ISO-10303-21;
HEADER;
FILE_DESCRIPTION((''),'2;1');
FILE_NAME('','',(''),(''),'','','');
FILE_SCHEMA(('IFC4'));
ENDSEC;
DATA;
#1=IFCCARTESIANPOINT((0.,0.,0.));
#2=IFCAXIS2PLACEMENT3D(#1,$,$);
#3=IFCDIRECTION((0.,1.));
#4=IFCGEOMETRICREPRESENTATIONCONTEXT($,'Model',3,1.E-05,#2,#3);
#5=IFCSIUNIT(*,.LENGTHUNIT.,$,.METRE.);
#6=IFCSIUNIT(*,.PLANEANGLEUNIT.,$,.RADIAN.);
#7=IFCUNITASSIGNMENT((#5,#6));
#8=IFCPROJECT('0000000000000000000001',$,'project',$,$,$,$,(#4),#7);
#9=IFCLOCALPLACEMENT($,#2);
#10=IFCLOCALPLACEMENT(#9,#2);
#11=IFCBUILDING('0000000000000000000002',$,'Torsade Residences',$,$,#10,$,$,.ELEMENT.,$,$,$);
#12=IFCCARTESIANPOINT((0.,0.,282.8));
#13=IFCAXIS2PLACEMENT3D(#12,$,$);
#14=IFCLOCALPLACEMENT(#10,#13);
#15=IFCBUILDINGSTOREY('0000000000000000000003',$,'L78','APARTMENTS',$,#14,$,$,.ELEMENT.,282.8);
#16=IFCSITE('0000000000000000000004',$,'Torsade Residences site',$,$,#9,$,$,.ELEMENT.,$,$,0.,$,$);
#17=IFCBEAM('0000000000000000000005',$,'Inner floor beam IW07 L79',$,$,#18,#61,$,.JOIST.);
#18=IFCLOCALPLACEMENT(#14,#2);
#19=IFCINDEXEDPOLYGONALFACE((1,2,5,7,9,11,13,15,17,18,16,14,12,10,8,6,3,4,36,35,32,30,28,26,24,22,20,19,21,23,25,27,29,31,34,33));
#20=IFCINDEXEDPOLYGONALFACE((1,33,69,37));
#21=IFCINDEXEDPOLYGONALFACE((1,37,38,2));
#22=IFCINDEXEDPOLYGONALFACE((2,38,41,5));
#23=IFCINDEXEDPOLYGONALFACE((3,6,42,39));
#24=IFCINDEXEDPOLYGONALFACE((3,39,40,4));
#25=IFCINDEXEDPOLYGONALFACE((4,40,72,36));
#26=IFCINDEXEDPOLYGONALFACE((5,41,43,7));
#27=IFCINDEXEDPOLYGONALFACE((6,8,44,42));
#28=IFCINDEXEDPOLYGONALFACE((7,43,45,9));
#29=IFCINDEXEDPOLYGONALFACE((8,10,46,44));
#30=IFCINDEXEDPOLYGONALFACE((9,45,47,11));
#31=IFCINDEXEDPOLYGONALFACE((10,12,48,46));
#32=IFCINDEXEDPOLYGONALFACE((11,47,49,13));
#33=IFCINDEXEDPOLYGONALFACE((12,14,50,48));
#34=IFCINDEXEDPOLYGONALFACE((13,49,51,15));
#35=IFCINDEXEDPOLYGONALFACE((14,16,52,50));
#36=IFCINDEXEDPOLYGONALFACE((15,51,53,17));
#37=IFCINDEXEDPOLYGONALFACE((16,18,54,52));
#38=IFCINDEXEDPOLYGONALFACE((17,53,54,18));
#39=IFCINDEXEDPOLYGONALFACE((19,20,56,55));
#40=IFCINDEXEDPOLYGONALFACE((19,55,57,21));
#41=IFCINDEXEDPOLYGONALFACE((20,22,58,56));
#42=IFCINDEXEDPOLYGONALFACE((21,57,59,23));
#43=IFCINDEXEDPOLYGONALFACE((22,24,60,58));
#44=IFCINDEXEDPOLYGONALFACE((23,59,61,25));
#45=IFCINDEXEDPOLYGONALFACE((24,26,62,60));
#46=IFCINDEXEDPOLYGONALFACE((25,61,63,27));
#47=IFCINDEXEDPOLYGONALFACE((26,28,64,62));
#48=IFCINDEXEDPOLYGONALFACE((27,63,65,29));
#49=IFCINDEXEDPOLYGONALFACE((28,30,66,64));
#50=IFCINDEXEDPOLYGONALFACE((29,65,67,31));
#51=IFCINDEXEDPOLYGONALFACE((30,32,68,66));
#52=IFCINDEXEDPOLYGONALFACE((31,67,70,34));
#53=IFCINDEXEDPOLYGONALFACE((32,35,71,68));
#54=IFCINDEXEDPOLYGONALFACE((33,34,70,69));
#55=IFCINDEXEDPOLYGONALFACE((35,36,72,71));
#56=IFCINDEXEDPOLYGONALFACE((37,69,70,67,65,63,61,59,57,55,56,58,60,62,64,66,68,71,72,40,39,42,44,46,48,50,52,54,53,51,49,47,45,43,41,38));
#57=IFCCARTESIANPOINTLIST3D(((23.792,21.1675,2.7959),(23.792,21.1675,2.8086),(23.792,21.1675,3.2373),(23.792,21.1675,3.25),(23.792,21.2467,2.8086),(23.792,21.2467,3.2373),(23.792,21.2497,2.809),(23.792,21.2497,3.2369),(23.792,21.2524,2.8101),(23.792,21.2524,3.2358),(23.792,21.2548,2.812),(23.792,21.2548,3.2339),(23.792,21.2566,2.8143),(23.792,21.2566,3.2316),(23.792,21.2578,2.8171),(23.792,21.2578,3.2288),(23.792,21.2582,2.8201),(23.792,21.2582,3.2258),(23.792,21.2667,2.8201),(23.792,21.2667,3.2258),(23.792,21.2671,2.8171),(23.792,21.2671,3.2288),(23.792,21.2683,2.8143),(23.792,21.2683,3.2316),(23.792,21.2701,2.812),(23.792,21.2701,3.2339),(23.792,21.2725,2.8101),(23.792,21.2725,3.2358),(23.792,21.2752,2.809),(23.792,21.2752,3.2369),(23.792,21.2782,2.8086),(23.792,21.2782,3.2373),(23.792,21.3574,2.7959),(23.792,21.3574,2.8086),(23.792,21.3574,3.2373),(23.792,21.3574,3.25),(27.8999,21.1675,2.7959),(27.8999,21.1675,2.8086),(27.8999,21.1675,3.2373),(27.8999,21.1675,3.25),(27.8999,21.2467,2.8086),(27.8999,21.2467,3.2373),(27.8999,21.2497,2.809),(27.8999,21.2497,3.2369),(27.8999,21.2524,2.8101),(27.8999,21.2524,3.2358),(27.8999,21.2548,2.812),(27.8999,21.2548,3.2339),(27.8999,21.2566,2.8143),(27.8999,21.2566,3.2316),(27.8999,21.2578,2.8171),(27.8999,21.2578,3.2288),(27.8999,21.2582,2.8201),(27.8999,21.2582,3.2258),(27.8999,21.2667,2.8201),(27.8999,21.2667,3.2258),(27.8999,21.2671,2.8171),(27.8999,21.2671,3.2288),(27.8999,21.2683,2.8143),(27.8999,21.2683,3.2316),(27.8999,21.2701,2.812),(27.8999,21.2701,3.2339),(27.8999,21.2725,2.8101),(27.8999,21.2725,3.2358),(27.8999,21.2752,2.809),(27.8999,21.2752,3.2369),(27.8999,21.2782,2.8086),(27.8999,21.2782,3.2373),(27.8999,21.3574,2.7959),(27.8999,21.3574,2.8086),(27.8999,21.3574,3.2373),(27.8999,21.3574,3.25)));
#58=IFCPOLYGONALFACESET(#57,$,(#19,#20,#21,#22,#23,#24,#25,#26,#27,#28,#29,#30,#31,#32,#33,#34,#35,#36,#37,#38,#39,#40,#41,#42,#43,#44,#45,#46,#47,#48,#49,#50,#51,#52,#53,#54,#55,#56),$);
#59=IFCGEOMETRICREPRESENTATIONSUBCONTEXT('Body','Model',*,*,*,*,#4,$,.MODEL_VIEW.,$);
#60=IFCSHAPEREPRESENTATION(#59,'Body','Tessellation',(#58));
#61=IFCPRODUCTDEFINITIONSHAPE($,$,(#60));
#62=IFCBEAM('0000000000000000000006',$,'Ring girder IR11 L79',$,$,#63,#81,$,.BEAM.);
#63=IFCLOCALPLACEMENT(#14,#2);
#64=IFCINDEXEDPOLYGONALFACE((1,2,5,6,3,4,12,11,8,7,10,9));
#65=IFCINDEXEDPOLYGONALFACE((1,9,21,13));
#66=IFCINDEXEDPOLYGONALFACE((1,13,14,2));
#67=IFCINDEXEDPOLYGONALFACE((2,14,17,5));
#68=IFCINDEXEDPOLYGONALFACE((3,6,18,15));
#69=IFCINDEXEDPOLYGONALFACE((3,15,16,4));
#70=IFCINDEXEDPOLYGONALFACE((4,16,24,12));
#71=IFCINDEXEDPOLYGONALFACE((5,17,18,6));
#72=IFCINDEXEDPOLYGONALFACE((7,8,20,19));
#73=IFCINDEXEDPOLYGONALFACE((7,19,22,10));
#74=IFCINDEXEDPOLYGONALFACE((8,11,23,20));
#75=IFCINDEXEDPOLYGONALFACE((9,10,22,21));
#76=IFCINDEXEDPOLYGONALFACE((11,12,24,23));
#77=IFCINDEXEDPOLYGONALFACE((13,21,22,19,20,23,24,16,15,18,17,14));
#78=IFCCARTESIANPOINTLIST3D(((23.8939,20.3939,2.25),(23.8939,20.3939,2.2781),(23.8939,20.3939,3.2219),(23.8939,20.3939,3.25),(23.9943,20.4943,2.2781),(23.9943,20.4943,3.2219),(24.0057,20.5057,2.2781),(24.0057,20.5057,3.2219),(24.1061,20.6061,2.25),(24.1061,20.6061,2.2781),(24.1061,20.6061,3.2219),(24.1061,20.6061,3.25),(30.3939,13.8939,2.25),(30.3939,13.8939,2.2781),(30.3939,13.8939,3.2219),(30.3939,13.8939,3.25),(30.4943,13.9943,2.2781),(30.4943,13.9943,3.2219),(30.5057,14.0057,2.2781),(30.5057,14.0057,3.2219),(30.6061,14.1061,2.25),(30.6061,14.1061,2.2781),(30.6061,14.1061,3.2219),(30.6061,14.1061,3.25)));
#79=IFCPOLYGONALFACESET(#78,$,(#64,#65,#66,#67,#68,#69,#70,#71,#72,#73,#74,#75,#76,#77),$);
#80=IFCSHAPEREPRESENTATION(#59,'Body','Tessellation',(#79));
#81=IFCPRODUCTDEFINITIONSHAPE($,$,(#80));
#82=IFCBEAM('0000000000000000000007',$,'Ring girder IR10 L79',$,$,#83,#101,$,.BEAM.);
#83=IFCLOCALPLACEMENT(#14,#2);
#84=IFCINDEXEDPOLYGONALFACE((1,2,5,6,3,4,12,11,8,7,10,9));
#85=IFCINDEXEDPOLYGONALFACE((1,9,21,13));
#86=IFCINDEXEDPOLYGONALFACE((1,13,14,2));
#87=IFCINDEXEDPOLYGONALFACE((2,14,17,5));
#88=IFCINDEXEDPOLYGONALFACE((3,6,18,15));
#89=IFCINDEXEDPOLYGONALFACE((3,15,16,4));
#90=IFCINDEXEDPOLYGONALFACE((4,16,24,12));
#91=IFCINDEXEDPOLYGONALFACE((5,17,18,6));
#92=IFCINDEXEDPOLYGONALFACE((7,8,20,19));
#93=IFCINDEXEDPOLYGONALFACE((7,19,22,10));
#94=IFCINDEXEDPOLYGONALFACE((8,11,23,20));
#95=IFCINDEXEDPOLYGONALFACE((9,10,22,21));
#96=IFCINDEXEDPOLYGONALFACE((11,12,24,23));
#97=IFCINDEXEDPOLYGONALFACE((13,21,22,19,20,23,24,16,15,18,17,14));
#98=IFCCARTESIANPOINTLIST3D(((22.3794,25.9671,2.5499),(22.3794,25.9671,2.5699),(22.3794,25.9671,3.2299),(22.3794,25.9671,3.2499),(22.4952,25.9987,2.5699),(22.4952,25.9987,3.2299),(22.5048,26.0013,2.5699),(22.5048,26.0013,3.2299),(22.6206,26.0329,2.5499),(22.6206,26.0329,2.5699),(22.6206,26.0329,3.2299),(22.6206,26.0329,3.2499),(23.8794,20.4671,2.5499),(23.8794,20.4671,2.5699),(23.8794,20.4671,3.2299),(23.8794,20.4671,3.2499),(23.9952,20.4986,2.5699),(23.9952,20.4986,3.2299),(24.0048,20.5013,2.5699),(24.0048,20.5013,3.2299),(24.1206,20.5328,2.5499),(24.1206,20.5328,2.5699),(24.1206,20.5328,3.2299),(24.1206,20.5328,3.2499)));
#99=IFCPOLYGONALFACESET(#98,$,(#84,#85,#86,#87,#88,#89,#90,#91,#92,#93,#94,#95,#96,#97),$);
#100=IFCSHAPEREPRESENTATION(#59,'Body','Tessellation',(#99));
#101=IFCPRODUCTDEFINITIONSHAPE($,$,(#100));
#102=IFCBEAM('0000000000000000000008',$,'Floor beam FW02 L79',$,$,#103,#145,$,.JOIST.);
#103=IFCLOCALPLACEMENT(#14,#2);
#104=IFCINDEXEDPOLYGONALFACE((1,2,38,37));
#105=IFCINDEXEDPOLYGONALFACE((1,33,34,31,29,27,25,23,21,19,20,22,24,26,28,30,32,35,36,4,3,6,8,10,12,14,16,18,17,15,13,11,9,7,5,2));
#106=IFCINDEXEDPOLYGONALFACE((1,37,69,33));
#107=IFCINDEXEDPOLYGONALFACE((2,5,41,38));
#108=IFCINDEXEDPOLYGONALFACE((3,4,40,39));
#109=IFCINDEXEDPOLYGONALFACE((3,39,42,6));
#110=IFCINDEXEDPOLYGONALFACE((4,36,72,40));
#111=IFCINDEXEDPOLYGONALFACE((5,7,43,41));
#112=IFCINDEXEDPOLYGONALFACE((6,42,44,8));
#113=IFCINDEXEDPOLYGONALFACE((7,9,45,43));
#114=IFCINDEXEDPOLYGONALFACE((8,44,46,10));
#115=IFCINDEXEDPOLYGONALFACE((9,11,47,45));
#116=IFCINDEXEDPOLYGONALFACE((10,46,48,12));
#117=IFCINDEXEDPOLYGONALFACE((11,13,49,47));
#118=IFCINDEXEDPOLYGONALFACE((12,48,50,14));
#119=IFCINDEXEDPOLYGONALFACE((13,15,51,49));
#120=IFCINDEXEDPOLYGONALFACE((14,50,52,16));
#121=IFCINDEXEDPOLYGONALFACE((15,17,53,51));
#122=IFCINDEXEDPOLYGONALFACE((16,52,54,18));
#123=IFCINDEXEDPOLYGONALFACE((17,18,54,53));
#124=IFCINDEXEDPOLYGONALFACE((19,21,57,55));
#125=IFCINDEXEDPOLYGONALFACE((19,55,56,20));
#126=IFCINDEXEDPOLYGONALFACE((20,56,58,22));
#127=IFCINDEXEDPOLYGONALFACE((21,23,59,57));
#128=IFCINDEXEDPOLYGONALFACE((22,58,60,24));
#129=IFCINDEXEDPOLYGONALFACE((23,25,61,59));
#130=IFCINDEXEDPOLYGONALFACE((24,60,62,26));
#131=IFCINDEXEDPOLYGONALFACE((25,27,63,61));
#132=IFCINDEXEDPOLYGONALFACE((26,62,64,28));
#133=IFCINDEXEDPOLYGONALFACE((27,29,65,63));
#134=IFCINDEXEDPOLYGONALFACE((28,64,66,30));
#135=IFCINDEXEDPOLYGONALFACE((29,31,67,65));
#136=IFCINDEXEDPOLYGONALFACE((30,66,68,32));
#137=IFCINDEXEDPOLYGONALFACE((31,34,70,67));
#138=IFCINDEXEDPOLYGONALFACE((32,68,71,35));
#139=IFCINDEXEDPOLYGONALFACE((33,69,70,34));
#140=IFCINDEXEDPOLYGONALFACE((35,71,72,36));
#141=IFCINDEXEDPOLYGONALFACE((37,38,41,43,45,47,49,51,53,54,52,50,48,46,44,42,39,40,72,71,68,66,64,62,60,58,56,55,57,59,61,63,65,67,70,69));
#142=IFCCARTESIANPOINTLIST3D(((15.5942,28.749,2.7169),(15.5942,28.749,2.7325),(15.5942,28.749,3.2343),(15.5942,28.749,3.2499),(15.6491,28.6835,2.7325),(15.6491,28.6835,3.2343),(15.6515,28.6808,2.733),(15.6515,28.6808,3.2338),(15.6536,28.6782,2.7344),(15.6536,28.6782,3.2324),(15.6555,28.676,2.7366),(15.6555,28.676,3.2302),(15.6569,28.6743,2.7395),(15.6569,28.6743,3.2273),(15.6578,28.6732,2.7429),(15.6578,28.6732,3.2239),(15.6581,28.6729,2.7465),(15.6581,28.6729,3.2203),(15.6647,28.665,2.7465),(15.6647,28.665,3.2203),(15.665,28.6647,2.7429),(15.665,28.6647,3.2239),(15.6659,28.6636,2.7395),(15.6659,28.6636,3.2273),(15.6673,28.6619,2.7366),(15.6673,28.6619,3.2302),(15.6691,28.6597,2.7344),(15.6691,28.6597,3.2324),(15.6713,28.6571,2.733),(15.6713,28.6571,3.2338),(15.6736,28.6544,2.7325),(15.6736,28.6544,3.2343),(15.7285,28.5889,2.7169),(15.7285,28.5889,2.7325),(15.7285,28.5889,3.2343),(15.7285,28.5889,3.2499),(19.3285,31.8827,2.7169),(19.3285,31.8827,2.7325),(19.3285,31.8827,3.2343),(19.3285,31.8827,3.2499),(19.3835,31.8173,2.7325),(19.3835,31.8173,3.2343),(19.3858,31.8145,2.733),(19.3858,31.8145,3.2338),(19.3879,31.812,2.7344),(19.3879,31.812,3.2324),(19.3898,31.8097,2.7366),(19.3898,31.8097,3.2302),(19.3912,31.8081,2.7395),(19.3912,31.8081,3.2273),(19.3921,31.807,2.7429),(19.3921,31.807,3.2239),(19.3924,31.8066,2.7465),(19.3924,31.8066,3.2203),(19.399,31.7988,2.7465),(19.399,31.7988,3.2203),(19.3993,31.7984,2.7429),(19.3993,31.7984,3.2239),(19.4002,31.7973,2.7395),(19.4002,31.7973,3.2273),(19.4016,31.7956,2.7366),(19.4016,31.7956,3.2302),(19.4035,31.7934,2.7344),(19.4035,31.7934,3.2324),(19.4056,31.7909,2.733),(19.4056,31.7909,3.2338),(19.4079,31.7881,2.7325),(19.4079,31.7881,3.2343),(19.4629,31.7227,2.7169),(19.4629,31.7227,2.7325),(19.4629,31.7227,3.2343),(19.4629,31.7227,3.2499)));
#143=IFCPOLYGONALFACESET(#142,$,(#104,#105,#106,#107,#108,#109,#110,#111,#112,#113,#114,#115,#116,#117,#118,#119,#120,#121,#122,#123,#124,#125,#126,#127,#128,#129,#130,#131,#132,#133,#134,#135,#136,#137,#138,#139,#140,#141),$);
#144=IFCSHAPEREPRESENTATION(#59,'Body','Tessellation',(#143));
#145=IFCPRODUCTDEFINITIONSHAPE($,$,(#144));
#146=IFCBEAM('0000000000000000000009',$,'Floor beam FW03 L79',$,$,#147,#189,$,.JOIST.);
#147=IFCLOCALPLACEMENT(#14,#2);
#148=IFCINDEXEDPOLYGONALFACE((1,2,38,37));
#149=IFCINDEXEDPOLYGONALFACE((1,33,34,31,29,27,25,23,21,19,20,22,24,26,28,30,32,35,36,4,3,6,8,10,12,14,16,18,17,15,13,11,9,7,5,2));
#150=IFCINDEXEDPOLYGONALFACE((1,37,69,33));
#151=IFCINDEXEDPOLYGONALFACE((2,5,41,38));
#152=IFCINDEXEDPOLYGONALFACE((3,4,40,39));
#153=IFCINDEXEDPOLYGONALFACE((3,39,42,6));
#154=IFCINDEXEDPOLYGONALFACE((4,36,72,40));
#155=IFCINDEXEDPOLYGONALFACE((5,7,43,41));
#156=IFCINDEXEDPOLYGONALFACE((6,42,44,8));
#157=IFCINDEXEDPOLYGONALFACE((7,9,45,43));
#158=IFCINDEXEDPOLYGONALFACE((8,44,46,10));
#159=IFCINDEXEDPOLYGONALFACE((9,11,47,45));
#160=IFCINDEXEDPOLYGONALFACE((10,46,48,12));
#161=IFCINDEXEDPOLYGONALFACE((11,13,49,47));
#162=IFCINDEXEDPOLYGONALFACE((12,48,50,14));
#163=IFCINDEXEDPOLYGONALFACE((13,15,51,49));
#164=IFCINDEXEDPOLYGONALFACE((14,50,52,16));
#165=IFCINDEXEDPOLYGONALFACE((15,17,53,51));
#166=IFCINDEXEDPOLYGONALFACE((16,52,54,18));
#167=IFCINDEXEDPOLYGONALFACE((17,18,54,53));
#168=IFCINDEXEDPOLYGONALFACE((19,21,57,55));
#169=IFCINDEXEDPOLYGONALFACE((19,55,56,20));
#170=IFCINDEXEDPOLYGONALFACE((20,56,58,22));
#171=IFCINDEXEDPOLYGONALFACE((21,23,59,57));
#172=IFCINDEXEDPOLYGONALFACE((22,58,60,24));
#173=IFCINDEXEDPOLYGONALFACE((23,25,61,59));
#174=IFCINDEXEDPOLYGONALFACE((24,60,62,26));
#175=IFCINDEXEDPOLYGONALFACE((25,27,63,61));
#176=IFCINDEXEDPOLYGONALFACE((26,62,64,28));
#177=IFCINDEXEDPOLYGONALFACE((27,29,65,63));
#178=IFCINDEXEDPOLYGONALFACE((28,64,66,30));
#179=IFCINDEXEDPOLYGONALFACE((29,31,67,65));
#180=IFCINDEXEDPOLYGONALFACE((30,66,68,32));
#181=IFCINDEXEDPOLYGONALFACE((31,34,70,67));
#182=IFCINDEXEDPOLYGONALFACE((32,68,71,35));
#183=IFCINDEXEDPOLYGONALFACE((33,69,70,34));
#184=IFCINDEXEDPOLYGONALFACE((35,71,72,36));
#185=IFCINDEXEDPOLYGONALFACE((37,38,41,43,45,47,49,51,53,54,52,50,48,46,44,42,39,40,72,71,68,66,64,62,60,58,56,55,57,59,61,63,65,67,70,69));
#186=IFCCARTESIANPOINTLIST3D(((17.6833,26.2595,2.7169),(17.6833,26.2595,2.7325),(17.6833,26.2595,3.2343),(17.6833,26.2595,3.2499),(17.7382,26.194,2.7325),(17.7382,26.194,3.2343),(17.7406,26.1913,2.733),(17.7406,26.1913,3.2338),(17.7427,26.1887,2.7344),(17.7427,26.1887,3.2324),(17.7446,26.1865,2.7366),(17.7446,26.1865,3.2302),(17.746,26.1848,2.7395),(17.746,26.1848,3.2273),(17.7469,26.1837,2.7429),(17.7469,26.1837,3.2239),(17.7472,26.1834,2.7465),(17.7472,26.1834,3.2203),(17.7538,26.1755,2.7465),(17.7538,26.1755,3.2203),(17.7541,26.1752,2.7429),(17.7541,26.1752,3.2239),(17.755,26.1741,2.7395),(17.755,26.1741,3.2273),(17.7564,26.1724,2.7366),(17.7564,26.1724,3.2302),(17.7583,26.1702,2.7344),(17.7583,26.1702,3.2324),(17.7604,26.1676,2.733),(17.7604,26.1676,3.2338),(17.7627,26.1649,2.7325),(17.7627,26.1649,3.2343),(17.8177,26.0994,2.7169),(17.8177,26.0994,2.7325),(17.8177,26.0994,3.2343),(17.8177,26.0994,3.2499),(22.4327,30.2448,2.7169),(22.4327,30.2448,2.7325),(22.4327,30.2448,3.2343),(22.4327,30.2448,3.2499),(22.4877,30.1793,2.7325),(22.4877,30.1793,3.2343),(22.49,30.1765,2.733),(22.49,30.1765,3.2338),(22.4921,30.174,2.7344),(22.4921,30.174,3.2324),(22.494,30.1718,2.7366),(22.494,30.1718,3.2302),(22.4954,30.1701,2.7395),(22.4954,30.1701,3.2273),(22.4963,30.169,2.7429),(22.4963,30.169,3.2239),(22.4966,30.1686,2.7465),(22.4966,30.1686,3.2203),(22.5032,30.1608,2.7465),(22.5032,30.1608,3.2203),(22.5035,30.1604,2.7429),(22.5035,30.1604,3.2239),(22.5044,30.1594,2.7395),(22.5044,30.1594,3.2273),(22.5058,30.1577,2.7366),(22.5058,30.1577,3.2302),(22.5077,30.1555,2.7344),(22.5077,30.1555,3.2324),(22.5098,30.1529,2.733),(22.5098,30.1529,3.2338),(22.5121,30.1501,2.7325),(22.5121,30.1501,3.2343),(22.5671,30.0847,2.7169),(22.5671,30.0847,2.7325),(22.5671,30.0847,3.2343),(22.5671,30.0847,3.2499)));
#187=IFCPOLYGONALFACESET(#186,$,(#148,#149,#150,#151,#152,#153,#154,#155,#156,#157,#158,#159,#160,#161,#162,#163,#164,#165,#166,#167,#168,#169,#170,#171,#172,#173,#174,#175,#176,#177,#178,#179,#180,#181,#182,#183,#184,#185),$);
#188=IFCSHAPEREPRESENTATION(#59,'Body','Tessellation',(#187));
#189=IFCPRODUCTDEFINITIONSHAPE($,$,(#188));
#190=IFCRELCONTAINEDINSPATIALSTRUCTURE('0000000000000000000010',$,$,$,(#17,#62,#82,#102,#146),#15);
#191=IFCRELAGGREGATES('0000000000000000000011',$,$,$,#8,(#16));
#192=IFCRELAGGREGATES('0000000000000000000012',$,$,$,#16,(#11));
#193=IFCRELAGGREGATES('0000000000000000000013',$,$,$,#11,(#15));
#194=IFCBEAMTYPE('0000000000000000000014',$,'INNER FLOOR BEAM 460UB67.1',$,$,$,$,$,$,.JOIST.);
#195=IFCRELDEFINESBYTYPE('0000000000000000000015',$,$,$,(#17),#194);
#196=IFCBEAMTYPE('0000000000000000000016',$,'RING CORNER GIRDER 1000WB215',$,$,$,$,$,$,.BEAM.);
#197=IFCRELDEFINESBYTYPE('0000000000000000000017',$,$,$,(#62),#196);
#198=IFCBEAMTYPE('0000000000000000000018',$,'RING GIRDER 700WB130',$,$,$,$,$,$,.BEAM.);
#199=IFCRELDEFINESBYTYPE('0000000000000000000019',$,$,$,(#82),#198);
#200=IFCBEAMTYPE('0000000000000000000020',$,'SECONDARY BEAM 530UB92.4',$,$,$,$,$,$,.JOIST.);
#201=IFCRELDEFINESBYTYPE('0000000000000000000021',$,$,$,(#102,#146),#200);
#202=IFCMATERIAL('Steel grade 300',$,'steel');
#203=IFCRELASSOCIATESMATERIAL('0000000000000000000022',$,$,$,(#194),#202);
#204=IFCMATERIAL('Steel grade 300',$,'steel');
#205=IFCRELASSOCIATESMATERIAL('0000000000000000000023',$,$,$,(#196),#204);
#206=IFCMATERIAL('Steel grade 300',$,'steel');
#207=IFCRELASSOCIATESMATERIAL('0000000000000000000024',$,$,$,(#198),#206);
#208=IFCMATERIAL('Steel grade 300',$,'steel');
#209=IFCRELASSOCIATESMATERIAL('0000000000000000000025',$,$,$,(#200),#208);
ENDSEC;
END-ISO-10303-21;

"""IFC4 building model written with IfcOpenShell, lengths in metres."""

from ifc_helpers import new_model, si_unit, direction, frame, origin, origin_2d, place, context, subcontext, project, spatial, i_section, extrude, material, material_profile, profile_set, type_object, element, save


model = new_model("IFC4")

# Units and contexts
model_context = context("Model", 3, precision=1e-05, world=origin(), true_north=direction((0.0, 1.0)))
body_context = subcontext(model_context, "Body", "Model", "MODEL_VIEW")
ifc_project = project(units=[si_unit("LENGTHUNIT", "METRE"), si_unit("PLANEANGLEUNIT", "RADIAN")], contexts=[model_context])

# Site, building, storey
site_placement = place(None, origin())
site = spatial("IfcSite", under=ifc_project, at=site_placement, Name="Torsade Residences site", CompositionType="ELEMENT", RefElevation=0.0)
building_placement = place(site_placement, origin())
building = spatial("IfcBuilding", under=site, at=building_placement, Name="Torsade Residences", CompositionType="ELEMENT")
storey_placement = place(building_placement, frame((0.0, 0.0, 282.8)))
storey = spatial("IfcBuildingStorey", under=building, at=storey_placement, Name="L78", Description="APARTMENTS", CompositionType="ELEMENT", Elevation=282.8)

# Beams
ifc_material_1 = material(Name="Steel grade 300", Category="steel")
ifc_material_profile_1 = material_profile(ifc_material_1, i_section(OverallWidth=0.1899, OverallDepth=0.4541, WebThickness=0.0085, FlangeThickness=0.0127, FilletRadius=0.0115, at=origin_2d()), Name="460UB67.1")
ifc_profile_set_1 = profile_set([ifc_material_profile_1], Name="Steel grade 300")
beam_type_1 = type_object("IfcBeamType", Name="INNER FLOOR BEAM 460UB67.1", PredefinedType="JOIST", material=ifc_profile_set_1)
beam_1_placement = place(storey_placement, frame((27.8999, 21.2625, 3.0229), z_axis=(-1.0, 0.0, 0.0), x_axis=(0.0, -1.0, 0.0)))
element("IfcBeam", 1, at=beam_1_placement, inside=storey, type_object=beam_type_1, Name="Inner floor beam IW07 L79", PredefinedType="JOIST", context=body_context, shape_type="SweptSolid", body=[
    extrude(i_section(OverallWidth=0.1899, OverallDepth=0.4541, WebThickness=0.0085, FlangeThickness=0.0127, FilletRadius=0.0115, at=origin_2d()), origin(), (0.0, 0.0, 1.0), 4.1079),
])
ifc_material_2 = material(Name="Steel grade 300", Category="steel")
ifc_material_profile_2 = material_profile(ifc_material_2, i_section(OverallWidth=0.3, OverallDepth=1.0, WebThickness=0.0161, FlangeThickness=0.0281, at=origin_2d()), Name="1000WB215")
ifc_profile_set_2 = profile_set([ifc_material_profile_2], Name="Steel grade 300")
beam_type_2 = type_object("IfcBeamType", Name="RING CORNER GIRDER 1000WB215", PredefinedType="BEAM", material=ifc_profile_set_2)
beam_2_placement = place(storey_placement, frame((24.0, 20.5, 2.75), z_axis=(0.707107, -0.707107, 0.0), x_axis=(0.707107, 0.707107, 0.0)))
element("IfcBeam", 2, at=beam_2_placement, inside=storey, type_object=beam_type_2, Name="Ring girder IR11 L79", PredefinedType="BEAM", context=body_context, shape_type="SweptSolid", body=[
    extrude(i_section(OverallWidth=0.3, OverallDepth=1.0, WebThickness=0.0161, FlangeThickness=0.0281, at=origin_2d()), origin(), (0.0, 0.0, 1.0), 9.1924),
])
ifc_material_3 = material(Name="Steel grade 300", Category="steel")
ifc_material_profile_3 = material_profile(ifc_material_3, i_section(OverallWidth=0.25, OverallDepth=0.7, WebThickness=0.01, FlangeThickness=0.02, at=origin_2d()), Name="700WB130")
ifc_profile_set_3 = profile_set([ifc_material_profile_3], Name="Steel grade 300")
beam_type_3 = type_object("IfcBeamType", Name="RING GIRDER 700WB130", PredefinedType="BEAM", material=ifc_profile_set_3)
beam_3_placement = place(storey_placement, frame((22.5, 26.0, 2.8999), z_axis=(0.263117, -0.964764, 0.0), x_axis=(0.964764, 0.263117, 0.0)))
element("IfcBeam", 3, at=beam_3_placement, inside=storey, type_object=beam_type_3, Name="Ring girder IR10 L79", PredefinedType="BEAM", context=body_context, shape_type="SweptSolid", body=[
    extrude(i_section(OverallWidth=0.25, OverallDepth=0.7, WebThickness=0.01, FlangeThickness=0.02, at=origin_2d()), origin(), (0.0, 0.0, 1.0), 5.7009),
])
ifc_material_4 = material(Name="Steel grade 300", Category="steel")
ifc_material_profile_4 = material_profile(ifc_material_4, i_section(OverallWidth=0.209, OverallDepth=0.533, WebThickness=0.0103, FlangeThickness=0.0156, FilletRadius=0.0139, at=origin_2d()), Name="530UB92.4")
ifc_profile_set_4 = profile_set([ifc_material_profile_4], Name="Steel grade 300")
beam_type_4 = type_object("IfcBeamType", Name="SECONDARY BEAM 530UB92.4", PredefinedType="JOIST", material=ifc_profile_set_4)
beam_4_placement = place(storey_placement, frame((15.6614, 28.6689, 2.9834), z_axis=(0.766017, 0.642821, 0.0), x_axis=(-0.642821, 0.766017, 0.0)))
element("IfcBeam", 4, at=beam_4_placement, inside=storey, type_object=beam_type_4, Name="Floor beam FW02 L79", PredefinedType="JOIST", context=body_context, shape_type="SweptSolid", body=[
    extrude(i_section(OverallWidth=0.209, OverallDepth=0.533, WebThickness=0.0103, FlangeThickness=0.0156, FilletRadius=0.0139, at=origin_2d()), origin(), (0.0, 0.0, 1.0), 4.875),
])
beam_5_placement = place(storey_placement, frame((17.7505, 26.1794, 2.9834), z_axis=(0.766041, 0.642791, 0.0), x_axis=(-0.642791, 0.766041, 0.0)))
element("IfcBeam", 5, at=beam_5_placement, inside=storey, type_object=beam_type_4, Name="Floor beam FW03 L79", PredefinedType="JOIST", context=body_context, shape_type="SweptSolid", body=[
    extrude(i_section(OverallWidth=0.209, OverallDepth=0.533, WebThickness=0.0103, FlangeThickness=0.0156, FilletRadius=0.0139, at=origin_2d()), origin(), (0.0, 0.0, 1.0), 6.2),
])

save(model, "model.ifc")
